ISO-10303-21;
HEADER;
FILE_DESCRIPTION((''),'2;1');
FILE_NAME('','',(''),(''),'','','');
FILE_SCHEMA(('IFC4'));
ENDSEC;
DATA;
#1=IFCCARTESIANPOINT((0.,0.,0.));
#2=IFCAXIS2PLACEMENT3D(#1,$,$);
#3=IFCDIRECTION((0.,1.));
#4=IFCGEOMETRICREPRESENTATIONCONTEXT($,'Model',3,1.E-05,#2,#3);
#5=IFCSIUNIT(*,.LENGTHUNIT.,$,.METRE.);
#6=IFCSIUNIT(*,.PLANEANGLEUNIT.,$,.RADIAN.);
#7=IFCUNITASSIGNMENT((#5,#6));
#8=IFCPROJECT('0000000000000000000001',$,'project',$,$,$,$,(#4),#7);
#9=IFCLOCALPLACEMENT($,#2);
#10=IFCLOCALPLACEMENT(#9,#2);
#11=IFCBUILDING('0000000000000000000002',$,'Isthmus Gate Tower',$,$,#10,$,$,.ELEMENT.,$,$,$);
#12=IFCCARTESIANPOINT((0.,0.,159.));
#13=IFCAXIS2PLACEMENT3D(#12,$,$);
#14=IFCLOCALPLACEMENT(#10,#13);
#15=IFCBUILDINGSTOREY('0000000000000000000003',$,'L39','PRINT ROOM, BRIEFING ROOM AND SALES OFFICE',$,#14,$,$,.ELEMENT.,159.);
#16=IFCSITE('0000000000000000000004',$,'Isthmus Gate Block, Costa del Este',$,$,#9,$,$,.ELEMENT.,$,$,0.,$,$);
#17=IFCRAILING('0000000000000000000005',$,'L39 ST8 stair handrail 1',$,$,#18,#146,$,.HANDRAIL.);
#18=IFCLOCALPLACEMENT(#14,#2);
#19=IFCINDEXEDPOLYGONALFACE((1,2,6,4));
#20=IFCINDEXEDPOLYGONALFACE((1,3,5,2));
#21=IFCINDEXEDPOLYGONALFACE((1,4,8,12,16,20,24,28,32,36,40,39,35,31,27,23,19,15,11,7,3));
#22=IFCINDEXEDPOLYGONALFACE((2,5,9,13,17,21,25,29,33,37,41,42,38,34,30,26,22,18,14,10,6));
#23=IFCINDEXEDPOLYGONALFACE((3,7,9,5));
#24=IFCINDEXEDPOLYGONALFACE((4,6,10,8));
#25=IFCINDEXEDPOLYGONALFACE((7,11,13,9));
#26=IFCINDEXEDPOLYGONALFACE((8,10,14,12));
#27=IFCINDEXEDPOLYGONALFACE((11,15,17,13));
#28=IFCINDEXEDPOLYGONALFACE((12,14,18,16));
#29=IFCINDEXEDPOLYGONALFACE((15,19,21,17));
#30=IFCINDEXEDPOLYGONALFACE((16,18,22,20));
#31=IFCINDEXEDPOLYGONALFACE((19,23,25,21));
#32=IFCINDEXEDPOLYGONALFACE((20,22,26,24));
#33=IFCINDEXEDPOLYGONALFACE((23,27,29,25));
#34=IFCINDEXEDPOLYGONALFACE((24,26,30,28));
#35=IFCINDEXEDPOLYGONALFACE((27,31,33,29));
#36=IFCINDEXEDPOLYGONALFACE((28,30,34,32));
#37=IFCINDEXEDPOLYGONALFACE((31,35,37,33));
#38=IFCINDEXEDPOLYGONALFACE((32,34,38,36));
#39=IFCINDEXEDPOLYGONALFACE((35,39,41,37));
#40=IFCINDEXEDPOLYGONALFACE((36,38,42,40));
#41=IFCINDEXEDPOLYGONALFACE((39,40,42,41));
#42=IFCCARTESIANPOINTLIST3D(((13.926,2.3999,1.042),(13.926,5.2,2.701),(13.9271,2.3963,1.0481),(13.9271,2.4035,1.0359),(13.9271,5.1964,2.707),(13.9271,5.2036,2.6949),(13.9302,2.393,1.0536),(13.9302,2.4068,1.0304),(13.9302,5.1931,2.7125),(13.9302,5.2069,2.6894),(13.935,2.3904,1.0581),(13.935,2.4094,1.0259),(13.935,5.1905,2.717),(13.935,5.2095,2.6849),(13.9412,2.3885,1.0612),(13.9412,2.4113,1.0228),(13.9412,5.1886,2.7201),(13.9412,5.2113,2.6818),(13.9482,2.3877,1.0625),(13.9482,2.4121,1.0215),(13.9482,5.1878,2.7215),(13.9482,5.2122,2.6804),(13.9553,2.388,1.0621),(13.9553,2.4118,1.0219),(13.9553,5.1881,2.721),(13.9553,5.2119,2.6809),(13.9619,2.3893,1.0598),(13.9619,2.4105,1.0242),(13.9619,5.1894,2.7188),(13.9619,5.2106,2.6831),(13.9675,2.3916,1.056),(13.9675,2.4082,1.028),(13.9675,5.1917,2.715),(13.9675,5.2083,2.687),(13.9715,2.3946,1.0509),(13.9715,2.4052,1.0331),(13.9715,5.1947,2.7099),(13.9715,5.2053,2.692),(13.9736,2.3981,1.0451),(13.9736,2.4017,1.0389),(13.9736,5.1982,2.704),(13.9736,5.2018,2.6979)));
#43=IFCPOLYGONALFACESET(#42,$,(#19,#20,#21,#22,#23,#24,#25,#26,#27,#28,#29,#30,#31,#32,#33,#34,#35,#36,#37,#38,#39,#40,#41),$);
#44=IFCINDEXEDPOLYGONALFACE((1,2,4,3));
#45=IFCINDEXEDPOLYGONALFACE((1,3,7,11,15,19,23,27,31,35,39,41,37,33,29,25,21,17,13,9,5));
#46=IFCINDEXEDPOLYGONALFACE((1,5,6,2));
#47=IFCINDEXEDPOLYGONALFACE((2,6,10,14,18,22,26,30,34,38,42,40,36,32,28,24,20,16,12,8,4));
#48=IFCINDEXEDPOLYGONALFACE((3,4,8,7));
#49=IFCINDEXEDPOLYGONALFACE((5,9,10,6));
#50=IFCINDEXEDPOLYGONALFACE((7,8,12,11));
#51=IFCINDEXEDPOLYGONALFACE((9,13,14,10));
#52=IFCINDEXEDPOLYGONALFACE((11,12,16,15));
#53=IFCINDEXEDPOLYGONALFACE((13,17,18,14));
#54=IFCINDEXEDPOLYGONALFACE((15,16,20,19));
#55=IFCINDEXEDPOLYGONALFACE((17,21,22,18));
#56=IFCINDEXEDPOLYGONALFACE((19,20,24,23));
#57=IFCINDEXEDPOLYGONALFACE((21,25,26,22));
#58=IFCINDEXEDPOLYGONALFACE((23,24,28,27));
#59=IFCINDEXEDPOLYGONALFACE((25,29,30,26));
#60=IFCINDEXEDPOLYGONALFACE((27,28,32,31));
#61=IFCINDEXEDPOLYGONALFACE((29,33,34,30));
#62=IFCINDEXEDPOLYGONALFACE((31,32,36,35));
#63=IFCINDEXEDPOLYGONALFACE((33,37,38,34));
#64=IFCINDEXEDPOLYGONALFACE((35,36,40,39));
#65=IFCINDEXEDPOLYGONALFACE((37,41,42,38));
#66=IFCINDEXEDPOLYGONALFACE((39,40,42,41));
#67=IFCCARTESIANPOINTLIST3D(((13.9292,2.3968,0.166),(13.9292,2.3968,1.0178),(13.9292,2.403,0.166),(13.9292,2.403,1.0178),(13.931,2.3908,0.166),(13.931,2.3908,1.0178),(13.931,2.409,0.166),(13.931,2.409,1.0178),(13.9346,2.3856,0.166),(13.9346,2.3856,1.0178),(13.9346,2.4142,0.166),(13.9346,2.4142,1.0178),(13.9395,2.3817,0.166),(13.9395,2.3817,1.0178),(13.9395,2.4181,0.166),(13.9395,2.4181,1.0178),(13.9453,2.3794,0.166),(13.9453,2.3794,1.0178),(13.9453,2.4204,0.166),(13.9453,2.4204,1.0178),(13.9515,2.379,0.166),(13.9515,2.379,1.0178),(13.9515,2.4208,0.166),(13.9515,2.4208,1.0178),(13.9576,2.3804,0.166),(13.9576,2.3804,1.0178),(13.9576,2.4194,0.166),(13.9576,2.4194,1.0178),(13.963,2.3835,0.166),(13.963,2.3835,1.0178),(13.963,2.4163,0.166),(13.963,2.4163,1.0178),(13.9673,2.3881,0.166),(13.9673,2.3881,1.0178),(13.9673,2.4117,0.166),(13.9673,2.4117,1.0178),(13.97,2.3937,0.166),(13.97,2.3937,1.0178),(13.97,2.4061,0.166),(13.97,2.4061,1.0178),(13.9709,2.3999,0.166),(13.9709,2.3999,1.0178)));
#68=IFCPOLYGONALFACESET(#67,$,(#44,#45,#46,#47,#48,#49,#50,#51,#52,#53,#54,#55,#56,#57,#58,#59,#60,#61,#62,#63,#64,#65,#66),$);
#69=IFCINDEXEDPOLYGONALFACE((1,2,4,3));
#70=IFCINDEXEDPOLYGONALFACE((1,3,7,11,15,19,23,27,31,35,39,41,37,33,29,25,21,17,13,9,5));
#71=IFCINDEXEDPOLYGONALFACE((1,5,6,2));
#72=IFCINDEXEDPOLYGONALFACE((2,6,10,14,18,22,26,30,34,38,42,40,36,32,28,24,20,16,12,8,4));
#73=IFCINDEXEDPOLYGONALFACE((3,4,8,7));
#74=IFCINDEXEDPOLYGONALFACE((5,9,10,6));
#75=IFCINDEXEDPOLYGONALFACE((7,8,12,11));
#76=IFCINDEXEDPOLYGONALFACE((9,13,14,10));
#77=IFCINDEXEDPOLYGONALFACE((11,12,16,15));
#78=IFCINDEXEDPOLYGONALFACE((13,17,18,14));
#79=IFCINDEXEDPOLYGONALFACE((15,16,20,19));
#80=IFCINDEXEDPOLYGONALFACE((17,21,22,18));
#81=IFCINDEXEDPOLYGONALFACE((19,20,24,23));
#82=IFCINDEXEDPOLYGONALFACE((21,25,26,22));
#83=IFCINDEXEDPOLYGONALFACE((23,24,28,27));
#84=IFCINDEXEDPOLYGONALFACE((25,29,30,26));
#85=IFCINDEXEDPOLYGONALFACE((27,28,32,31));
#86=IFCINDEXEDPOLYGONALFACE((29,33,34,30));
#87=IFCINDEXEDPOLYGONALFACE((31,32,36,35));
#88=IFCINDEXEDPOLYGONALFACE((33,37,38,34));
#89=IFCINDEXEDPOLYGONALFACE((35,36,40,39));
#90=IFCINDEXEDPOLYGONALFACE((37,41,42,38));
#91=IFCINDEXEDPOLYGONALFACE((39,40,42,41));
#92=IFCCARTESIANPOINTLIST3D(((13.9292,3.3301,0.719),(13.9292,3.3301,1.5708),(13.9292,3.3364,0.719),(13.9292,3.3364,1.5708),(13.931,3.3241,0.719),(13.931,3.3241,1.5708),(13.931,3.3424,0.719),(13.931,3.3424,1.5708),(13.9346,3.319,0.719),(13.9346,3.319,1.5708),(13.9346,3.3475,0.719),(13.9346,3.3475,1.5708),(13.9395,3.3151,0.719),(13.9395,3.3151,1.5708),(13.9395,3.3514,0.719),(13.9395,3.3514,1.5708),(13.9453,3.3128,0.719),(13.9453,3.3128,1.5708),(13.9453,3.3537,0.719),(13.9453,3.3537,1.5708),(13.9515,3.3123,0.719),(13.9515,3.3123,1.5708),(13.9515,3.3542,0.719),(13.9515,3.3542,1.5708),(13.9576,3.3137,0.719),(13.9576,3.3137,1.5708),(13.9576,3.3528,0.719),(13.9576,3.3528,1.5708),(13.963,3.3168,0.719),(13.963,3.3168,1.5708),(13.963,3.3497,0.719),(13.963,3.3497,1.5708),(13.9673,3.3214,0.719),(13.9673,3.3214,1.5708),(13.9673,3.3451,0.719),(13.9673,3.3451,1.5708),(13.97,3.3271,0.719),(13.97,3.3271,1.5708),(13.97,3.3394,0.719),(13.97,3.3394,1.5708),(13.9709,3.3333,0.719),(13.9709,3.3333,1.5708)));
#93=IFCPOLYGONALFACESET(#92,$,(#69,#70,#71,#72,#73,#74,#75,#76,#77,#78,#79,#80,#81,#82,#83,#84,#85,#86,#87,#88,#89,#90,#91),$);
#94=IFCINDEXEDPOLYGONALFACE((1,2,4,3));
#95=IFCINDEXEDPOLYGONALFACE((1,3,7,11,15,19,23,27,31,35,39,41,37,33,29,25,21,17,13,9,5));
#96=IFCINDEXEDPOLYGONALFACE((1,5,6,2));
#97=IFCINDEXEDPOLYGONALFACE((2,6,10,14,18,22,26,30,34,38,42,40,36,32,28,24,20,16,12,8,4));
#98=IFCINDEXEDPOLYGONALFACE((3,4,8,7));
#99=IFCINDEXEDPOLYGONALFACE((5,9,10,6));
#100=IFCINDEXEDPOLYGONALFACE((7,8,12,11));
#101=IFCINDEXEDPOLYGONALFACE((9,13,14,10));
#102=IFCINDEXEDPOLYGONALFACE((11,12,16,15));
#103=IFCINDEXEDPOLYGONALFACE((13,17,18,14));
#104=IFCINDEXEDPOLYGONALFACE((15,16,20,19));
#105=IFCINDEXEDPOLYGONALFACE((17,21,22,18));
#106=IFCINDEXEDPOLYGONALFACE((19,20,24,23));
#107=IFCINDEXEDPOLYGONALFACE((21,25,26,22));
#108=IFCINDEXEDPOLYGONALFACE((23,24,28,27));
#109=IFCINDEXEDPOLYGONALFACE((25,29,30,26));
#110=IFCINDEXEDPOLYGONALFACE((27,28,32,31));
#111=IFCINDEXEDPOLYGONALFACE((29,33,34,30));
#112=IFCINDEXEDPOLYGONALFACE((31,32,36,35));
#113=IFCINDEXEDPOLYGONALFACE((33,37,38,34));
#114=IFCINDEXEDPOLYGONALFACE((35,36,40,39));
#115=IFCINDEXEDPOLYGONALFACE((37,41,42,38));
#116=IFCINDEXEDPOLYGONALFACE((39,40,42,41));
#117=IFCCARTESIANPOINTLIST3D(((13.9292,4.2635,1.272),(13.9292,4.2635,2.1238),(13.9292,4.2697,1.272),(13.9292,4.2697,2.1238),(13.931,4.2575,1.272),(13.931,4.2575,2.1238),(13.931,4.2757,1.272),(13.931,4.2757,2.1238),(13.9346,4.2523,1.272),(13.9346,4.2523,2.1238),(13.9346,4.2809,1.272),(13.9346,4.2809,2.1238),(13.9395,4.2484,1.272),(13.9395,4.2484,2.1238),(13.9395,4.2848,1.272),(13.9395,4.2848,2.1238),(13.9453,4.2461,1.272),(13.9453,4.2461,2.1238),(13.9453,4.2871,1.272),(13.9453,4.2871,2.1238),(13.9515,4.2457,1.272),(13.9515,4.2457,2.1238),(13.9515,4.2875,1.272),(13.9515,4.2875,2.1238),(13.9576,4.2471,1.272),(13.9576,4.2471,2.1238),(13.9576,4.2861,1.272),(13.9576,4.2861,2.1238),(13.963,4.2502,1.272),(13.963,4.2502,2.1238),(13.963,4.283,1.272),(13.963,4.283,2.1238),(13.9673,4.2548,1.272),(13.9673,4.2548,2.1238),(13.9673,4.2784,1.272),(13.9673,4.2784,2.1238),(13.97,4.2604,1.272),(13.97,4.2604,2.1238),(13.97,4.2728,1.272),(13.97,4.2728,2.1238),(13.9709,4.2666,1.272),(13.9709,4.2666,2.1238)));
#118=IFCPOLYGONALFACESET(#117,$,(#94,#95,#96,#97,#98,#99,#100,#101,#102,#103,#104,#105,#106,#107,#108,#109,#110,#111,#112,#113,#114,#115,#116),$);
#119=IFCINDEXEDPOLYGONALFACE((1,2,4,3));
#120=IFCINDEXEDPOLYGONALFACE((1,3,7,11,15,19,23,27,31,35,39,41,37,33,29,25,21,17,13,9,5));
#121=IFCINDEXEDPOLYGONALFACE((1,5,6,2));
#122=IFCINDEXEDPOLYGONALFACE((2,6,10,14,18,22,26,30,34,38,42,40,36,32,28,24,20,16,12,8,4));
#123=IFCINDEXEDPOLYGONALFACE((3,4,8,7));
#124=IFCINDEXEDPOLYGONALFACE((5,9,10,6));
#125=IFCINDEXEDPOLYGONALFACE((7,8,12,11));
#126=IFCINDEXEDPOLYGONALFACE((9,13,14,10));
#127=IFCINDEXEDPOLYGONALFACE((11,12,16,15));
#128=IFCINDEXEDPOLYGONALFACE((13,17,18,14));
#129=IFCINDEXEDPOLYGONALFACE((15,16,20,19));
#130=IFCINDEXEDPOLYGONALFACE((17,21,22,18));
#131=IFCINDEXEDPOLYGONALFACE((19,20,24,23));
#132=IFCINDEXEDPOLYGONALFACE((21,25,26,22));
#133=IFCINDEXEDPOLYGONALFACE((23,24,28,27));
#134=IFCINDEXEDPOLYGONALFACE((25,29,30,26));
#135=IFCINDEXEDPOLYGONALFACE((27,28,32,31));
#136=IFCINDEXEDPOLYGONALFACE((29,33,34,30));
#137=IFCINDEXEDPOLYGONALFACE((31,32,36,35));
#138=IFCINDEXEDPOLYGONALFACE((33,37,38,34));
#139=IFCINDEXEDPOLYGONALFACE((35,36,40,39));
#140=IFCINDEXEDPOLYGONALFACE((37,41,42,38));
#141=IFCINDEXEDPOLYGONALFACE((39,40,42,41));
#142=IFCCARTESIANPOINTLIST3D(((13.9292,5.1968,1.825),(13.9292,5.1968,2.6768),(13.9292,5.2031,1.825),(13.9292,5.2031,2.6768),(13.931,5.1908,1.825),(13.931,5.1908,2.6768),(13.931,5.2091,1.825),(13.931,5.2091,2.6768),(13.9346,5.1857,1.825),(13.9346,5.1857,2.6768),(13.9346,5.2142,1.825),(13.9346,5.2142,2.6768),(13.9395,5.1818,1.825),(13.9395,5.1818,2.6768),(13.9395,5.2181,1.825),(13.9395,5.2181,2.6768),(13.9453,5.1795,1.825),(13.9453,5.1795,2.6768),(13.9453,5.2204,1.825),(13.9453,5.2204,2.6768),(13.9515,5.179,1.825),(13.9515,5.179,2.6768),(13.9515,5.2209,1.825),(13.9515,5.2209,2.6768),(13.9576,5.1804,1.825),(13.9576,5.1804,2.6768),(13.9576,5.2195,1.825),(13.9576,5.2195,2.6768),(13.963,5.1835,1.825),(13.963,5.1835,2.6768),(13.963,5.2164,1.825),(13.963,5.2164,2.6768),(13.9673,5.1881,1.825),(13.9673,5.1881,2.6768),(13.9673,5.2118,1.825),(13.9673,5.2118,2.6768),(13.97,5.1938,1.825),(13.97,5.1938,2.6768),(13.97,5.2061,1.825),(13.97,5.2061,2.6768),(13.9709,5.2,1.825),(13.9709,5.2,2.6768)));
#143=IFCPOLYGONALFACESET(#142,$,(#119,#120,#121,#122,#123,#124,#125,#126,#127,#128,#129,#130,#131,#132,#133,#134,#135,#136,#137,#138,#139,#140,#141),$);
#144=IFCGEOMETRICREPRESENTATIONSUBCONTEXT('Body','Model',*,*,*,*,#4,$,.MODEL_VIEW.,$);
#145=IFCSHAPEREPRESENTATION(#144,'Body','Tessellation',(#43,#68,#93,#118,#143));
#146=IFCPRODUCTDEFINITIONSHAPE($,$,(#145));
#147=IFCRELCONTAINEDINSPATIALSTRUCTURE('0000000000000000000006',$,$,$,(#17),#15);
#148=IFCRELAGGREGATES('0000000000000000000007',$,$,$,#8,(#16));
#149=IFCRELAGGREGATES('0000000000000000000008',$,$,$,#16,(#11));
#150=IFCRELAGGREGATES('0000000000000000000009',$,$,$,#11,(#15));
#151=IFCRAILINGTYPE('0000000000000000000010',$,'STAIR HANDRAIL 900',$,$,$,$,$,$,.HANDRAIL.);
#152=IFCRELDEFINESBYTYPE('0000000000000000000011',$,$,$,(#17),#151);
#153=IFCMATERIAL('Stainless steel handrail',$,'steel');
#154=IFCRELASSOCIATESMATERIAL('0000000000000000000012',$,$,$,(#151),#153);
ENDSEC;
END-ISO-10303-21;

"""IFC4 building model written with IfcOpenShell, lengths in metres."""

from ifc_helpers import new_model, si_unit, direction, frame, origin, origin_2d, place, context, subcontext, project, spatial, circle, extrude, material, type_object, element, save


model = new_model("IFC4")

# Units and contexts
model_context = context("Model", 3, precision=1e-05, world=origin(), true_north=direction((0.0, 1.0)))
body_context = subcontext(model_context, "Body", "Model", "MODEL_VIEW")
ifc_project = project(units=[si_unit("LENGTHUNIT", "METRE"), si_unit("PLANEANGLEUNIT", "RADIAN")], contexts=[model_context])

# Site, building, storey
site_placement = place(None, origin())
site = spatial("IfcSite", under=ifc_project, at=site_placement, Name="Isthmus Gate Block, Costa del Este", CompositionType="ELEMENT", RefElevation=0.0)
building_placement = place(site_placement, origin())
building = spatial("IfcBuilding", under=site, at=building_placement, Name="Isthmus Gate Tower", CompositionType="ELEMENT")
storey_placement = place(building_placement, frame((0.0, 0.0, 159.0)))
storey = spatial("IfcBuildingStorey", under=building, at=storey_placement, Name="L39", Description="PRINT ROOM, BRIEFING ROOM AND SALES OFFICE", CompositionType="ELEMENT", Elevation=159.0)

# Railing
ifc_material_1 = material(Name="Stainless steel handrail", Category="steel")
railing_type_1 = type_object("IfcRailingType", Name="STAIR HANDRAIL 900", PredefinedType="HANDRAIL", material=ifc_material_1)
railing_1_placement = place(storey_placement, frame((13.95, 2.3999, 0.166)))
element("IfcRailing", 1, at=railing_1_placement, inside=storey, type_object=railing_type_1, Name="L39 ST8 stair handrail 1", PredefinedType="HANDRAIL", context=body_context, shape_type="SweptSolid", body=[
    extrude(circle(Radius=0.0239, at=origin_2d()), frame((0.0, 0.0, 0.876), z_axis=(0.0, 0.860339, 0.509722), x_axis=(-1.0, 0.0, 0.0)), (0.0, 0.0, 1.0), 3.2546),
    extrude(circle(Radius=0.021, at=origin_2d()), origin(), (0.0, 0.0, 1.0), 0.8518),
    extrude(circle(Radius=0.021, at=origin_2d()), frame((0.0, 0.9333, 0.553)), (0.0, 0.0, 1.0), 0.8518),
    extrude(circle(Radius=0.021, at=origin_2d()), frame((0.0, 1.8667, 1.106)), (0.0, 0.0, 1.0), 0.8518),
    extrude(circle(Radius=0.021, at=origin_2d()), frame((0.0, 2.8, 1.6589)), (0.0, 0.0, 1.0), 0.8518),
])

save(model, "model.ifc")
